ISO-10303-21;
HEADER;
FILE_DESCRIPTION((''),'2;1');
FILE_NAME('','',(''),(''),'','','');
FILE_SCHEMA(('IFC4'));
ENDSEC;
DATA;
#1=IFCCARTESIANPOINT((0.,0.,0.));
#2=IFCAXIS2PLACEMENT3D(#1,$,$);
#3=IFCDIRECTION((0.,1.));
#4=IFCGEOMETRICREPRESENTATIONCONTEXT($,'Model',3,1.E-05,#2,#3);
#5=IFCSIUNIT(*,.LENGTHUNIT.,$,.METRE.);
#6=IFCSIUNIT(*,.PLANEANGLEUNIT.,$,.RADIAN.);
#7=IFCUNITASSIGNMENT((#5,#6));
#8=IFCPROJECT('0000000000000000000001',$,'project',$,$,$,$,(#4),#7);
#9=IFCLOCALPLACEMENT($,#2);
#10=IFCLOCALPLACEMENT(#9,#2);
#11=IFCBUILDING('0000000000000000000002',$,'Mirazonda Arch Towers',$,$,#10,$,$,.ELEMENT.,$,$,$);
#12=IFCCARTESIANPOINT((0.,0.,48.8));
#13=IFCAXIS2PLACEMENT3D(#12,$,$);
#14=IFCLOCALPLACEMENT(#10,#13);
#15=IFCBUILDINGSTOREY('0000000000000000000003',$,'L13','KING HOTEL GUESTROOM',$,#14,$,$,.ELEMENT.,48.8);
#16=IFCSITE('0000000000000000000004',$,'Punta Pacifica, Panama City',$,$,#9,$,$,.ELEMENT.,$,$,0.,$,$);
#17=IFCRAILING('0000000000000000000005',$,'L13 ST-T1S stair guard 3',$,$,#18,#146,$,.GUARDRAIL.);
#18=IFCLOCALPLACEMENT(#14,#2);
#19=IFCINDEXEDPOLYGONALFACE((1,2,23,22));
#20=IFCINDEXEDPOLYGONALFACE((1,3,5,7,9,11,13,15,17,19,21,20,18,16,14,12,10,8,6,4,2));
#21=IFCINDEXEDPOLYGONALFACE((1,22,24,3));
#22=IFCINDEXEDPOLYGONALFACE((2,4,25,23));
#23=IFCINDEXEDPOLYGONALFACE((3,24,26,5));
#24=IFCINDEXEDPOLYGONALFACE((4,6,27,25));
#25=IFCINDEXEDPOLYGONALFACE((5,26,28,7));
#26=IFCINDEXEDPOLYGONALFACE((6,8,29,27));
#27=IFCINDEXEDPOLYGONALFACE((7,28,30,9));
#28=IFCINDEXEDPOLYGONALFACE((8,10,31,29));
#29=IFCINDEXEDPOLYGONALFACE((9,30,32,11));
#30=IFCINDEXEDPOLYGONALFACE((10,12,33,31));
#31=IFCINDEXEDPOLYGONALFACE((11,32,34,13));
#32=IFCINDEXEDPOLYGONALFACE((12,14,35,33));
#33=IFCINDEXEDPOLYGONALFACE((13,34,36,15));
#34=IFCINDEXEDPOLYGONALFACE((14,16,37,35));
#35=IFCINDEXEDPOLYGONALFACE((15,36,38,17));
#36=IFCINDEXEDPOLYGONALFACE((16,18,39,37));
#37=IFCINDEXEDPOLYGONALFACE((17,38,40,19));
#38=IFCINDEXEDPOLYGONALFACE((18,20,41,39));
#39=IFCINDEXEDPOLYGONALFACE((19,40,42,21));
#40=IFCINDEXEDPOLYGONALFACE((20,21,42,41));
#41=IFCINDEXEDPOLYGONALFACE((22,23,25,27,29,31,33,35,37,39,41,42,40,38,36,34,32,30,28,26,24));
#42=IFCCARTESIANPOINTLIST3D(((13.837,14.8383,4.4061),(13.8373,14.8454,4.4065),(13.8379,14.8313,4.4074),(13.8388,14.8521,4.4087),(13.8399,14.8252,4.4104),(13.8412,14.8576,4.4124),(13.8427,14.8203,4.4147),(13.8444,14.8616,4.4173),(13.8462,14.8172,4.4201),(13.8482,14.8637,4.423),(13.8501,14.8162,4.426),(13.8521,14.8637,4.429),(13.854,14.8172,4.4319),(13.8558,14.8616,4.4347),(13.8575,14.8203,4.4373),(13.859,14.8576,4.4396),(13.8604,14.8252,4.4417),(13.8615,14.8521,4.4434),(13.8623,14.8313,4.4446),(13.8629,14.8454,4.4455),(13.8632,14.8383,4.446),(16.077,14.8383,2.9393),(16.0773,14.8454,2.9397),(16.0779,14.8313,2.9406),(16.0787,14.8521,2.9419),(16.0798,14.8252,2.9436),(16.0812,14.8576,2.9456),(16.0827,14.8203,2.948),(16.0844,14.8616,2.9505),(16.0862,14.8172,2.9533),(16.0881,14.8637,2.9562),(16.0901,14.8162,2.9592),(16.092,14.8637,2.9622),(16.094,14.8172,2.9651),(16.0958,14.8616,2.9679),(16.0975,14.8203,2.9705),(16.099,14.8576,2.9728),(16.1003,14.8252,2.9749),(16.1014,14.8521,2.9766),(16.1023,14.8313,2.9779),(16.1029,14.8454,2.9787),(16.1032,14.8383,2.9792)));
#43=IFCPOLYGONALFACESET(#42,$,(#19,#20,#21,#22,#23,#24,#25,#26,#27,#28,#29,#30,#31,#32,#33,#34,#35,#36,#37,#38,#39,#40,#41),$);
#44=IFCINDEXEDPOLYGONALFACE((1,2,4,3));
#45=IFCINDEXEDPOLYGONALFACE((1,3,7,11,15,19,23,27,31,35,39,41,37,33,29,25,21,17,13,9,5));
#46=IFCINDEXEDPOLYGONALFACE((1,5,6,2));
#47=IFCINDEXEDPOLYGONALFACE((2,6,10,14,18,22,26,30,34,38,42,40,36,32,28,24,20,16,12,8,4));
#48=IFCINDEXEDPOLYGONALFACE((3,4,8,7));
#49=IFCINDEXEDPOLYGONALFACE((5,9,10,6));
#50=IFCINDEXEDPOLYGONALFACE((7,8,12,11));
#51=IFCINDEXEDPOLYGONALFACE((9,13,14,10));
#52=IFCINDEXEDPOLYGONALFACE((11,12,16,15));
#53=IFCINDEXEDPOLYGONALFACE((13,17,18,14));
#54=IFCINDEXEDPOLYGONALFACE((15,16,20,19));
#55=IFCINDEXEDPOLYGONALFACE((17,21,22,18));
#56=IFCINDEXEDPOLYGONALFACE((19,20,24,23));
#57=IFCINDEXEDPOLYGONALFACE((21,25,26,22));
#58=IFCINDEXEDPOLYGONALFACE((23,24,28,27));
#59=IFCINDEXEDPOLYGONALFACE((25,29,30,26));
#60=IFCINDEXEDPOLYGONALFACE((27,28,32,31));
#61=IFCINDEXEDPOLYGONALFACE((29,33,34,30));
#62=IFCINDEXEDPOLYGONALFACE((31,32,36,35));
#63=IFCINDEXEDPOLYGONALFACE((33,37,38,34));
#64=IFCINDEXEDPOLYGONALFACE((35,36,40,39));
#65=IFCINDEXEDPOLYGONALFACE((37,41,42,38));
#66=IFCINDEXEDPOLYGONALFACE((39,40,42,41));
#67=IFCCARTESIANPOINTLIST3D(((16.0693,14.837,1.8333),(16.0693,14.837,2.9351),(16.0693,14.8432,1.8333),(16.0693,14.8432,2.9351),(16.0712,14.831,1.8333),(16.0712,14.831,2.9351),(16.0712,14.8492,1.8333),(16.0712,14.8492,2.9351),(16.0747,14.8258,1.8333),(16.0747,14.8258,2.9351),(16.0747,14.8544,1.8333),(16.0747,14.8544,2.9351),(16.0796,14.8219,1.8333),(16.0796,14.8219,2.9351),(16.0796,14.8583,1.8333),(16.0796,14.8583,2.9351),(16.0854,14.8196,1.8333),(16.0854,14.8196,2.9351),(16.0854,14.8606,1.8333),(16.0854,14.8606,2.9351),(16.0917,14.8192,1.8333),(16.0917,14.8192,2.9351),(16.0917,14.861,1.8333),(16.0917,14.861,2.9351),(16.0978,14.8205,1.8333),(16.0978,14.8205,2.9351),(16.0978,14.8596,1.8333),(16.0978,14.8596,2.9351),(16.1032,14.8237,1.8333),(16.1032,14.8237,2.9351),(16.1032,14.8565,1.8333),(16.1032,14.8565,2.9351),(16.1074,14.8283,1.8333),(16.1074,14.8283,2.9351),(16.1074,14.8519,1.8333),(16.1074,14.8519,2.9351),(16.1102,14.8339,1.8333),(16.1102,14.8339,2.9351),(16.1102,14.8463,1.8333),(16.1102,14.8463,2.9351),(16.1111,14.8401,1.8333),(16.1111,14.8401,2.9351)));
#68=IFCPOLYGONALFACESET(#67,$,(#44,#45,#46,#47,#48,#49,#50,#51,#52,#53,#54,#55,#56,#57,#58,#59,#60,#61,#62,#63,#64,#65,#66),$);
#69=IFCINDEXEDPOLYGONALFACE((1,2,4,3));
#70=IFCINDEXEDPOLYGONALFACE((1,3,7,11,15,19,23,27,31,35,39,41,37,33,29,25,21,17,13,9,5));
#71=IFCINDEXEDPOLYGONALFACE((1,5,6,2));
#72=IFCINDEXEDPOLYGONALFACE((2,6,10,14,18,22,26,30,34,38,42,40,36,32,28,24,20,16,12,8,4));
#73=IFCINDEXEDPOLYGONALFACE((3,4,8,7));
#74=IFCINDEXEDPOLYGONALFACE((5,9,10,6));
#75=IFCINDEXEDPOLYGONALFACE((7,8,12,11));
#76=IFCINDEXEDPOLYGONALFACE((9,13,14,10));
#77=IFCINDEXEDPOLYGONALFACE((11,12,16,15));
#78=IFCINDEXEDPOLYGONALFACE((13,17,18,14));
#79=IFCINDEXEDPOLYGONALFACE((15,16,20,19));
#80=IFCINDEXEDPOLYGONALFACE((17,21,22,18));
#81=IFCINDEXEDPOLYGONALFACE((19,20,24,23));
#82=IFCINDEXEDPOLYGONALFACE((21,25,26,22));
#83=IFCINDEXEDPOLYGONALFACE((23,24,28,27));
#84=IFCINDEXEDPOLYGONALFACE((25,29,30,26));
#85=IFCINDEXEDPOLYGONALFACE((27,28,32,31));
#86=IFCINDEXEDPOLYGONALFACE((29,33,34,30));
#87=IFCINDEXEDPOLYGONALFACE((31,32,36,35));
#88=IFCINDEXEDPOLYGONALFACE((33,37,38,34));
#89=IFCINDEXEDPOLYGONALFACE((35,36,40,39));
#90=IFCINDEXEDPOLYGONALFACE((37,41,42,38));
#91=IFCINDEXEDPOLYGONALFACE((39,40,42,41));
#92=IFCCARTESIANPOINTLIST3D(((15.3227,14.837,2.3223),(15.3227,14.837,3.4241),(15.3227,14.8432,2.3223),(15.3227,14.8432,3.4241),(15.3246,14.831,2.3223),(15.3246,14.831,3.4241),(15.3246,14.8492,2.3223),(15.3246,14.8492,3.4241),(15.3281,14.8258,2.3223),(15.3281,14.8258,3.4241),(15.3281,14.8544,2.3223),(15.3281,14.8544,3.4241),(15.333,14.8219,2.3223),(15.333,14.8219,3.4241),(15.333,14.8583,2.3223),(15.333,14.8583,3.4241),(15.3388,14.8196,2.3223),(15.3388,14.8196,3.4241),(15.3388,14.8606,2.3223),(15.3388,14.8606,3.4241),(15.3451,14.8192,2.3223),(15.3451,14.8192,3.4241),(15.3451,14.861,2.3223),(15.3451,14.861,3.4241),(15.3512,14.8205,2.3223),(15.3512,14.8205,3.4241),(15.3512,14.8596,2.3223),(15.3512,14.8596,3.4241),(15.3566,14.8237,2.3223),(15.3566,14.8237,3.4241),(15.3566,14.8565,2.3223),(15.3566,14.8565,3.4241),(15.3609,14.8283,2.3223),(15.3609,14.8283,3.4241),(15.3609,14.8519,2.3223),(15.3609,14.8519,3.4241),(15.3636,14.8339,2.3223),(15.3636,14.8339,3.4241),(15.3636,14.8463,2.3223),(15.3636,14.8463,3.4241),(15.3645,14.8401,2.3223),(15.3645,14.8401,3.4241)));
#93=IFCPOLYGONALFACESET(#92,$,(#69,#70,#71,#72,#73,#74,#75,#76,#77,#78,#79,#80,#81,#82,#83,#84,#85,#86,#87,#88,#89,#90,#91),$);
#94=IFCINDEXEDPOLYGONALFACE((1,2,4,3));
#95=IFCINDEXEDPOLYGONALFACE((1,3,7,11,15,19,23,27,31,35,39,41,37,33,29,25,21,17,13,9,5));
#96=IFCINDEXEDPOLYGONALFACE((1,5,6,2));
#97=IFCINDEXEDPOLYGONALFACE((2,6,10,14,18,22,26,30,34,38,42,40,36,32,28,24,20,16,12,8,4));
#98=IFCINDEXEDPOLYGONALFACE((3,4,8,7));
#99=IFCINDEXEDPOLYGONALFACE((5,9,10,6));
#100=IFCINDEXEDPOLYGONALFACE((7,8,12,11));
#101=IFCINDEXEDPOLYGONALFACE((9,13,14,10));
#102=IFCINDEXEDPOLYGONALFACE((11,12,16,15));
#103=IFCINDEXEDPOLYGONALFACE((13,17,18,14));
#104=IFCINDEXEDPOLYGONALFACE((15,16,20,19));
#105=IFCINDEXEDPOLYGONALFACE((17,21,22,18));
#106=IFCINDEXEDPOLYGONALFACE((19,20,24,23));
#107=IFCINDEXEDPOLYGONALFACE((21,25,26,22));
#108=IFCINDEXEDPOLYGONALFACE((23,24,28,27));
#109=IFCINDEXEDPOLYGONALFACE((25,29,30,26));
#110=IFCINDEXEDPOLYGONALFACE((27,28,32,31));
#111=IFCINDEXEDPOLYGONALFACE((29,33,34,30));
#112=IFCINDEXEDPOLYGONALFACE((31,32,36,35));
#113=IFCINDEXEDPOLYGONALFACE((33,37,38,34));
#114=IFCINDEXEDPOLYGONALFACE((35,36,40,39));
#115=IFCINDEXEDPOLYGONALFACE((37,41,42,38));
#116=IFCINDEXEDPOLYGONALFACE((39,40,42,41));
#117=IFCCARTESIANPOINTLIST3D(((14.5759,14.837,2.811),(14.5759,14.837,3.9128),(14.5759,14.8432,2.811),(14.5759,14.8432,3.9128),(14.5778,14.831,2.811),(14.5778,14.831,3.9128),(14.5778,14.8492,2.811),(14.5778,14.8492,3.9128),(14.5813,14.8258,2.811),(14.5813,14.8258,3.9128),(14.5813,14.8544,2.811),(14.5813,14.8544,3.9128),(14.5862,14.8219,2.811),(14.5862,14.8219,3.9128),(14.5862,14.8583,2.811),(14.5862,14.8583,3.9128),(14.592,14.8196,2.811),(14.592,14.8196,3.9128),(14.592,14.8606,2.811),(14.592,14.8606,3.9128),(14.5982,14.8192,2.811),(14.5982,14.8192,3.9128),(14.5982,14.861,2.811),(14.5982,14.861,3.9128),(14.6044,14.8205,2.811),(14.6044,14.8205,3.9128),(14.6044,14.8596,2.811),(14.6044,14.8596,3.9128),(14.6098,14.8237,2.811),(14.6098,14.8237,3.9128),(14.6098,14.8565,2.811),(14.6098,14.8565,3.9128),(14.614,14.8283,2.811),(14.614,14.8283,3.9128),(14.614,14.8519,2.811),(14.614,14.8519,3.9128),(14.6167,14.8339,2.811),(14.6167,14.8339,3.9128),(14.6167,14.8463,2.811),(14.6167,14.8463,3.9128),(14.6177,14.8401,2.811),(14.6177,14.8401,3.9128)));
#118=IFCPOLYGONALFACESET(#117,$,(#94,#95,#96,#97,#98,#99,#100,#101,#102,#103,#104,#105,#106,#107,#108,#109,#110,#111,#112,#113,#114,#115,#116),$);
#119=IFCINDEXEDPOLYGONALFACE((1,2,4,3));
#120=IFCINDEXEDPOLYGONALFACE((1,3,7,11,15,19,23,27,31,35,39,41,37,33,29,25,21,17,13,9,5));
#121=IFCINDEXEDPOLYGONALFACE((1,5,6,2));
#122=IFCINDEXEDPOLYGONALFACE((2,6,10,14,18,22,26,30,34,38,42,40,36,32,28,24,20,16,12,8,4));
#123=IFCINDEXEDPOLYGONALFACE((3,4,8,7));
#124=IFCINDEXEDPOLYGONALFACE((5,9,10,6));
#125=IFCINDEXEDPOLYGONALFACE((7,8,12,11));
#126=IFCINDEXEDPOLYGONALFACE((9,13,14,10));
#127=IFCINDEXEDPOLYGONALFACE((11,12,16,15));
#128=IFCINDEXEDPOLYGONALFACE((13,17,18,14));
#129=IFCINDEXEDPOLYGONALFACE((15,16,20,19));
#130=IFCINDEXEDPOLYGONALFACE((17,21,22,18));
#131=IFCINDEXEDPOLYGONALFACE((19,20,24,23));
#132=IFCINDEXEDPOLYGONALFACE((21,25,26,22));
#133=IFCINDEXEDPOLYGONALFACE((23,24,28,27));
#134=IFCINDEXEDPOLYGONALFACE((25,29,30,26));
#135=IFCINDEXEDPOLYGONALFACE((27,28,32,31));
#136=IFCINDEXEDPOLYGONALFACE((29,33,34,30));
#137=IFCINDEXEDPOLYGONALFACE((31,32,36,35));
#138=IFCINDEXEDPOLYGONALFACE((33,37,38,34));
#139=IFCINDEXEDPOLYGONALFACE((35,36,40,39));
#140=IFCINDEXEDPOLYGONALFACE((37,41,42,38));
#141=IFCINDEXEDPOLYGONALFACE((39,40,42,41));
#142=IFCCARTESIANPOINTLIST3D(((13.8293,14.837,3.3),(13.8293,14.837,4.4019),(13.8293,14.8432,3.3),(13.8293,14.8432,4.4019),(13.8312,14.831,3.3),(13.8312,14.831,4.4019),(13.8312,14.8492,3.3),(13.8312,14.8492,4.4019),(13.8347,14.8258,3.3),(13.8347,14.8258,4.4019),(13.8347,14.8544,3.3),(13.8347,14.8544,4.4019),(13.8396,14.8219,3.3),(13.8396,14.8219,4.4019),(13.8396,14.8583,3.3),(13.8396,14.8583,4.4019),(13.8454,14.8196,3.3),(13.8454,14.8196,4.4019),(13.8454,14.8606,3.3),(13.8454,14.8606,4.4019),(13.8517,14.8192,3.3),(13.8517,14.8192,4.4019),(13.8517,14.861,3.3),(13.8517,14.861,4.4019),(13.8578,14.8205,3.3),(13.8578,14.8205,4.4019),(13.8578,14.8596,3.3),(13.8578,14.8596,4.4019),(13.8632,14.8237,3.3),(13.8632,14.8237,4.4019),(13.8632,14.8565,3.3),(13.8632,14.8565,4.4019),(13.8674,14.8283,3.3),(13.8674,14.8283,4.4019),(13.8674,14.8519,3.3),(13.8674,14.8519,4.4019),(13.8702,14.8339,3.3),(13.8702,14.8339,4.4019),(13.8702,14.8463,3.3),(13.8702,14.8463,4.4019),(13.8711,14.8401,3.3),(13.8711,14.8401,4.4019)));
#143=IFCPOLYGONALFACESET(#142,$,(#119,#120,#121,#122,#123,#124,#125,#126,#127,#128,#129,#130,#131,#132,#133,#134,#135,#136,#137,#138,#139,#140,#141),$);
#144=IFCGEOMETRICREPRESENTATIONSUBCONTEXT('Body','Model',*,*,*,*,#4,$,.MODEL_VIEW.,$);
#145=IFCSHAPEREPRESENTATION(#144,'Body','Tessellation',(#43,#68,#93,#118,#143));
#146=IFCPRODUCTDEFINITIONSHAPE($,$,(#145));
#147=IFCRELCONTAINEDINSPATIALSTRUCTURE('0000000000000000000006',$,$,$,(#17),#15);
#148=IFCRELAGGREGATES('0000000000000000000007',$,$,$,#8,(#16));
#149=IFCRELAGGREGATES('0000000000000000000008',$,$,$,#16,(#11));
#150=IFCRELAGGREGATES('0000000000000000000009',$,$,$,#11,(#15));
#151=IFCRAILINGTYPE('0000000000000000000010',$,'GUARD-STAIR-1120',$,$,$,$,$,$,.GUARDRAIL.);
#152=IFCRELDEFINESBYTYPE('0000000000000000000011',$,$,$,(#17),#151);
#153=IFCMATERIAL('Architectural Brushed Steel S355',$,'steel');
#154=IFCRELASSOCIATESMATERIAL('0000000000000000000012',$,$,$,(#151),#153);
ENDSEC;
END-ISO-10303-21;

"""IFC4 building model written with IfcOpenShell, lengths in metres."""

from ifc_helpers import new_model, si_unit, direction, frame, origin, origin_2d, place, context, subcontext, project, spatial, circle, extrude, material, type_object, element, save


model = new_model("IFC4")

# Units and contexts
model_context = context("Model", 3, precision=1e-05, world=origin(), true_north=direction((0.0, 1.0)))
body_context = subcontext(model_context, "Body", "Model", "MODEL_VIEW")
ifc_project = project(units=[si_unit("LENGTHUNIT", "METRE"), si_unit("PLANEANGLEUNIT", "RADIAN")], contexts=[model_context])

# Site, building, storey
site_placement = place(None, origin())
site = spatial("IfcSite", under=ifc_project, at=site_placement, Name="Punta Pacifica, Panama City", CompositionType="ELEMENT", RefElevation=0.0)
building_placement = place(site_placement, origin())
building = spatial("IfcBuilding", under=site, at=building_placement, Name="Mirazonda Arch Towers", CompositionType="ELEMENT")
storey_placement = place(building_placement, frame((0.0, 0.0, 48.8)))
storey = spatial("IfcBuildingStorey", under=building, at=storey_placement, Name="L13", Description="KING HOTEL GUESTROOM", CompositionType="ELEMENT", Elevation=48.8)

# Railing
ifc_material_1 = material(Name="Architectural Brushed Steel S355", Category="steel")
railing_type_1 = type_object("IfcRailingType", Name="GUARD-STAIR-1120", PredefinedType="GUARDRAIL", material=ifc_material_1)
railing_1_placement = place(storey_placement, frame((16.0901, 14.8401, 1.8333)))
element("IfcRailing", 1, at=railing_1_placement, inside=storey, type_object=railing_type_1, Name="L13 ST-T1S stair guard 3", PredefinedType="GUARDRAIL", context=body_context, shape_type="SweptSolid", body=[
    extrude(circle(Radius=0.0239, at=origin_2d()), frame((0.0, 0.0, 1.126), z_axis=(-0.836595, 0.0, 0.547822), x_axis=(0.0, -1.0, 0.0)), (0.0, 0.0, 1.0), 2.6775),
    extrude(circle(Radius=0.021, at=origin_2d()), origin(), (0.0, 0.0, 1.0), 1.1018),
    extrude(circle(Radius=0.021, at=origin_2d()), frame((-0.7466, 0.0, 0.489)), (0.0, 0.0, 1.0), 1.1018),
    extrude(circle(Radius=0.021, at=origin_2d()), frame((-1.4934, 0.0, 0.9778)), (0.0, 0.0, 1.0), 1.1018),
    extrude(circle(Radius=0.021, at=origin_2d()), frame((-2.24, 0.0, 1.4668)), (0.0, 0.0, 1.0), 1.1018),
])

save(model, "model.ifc")
